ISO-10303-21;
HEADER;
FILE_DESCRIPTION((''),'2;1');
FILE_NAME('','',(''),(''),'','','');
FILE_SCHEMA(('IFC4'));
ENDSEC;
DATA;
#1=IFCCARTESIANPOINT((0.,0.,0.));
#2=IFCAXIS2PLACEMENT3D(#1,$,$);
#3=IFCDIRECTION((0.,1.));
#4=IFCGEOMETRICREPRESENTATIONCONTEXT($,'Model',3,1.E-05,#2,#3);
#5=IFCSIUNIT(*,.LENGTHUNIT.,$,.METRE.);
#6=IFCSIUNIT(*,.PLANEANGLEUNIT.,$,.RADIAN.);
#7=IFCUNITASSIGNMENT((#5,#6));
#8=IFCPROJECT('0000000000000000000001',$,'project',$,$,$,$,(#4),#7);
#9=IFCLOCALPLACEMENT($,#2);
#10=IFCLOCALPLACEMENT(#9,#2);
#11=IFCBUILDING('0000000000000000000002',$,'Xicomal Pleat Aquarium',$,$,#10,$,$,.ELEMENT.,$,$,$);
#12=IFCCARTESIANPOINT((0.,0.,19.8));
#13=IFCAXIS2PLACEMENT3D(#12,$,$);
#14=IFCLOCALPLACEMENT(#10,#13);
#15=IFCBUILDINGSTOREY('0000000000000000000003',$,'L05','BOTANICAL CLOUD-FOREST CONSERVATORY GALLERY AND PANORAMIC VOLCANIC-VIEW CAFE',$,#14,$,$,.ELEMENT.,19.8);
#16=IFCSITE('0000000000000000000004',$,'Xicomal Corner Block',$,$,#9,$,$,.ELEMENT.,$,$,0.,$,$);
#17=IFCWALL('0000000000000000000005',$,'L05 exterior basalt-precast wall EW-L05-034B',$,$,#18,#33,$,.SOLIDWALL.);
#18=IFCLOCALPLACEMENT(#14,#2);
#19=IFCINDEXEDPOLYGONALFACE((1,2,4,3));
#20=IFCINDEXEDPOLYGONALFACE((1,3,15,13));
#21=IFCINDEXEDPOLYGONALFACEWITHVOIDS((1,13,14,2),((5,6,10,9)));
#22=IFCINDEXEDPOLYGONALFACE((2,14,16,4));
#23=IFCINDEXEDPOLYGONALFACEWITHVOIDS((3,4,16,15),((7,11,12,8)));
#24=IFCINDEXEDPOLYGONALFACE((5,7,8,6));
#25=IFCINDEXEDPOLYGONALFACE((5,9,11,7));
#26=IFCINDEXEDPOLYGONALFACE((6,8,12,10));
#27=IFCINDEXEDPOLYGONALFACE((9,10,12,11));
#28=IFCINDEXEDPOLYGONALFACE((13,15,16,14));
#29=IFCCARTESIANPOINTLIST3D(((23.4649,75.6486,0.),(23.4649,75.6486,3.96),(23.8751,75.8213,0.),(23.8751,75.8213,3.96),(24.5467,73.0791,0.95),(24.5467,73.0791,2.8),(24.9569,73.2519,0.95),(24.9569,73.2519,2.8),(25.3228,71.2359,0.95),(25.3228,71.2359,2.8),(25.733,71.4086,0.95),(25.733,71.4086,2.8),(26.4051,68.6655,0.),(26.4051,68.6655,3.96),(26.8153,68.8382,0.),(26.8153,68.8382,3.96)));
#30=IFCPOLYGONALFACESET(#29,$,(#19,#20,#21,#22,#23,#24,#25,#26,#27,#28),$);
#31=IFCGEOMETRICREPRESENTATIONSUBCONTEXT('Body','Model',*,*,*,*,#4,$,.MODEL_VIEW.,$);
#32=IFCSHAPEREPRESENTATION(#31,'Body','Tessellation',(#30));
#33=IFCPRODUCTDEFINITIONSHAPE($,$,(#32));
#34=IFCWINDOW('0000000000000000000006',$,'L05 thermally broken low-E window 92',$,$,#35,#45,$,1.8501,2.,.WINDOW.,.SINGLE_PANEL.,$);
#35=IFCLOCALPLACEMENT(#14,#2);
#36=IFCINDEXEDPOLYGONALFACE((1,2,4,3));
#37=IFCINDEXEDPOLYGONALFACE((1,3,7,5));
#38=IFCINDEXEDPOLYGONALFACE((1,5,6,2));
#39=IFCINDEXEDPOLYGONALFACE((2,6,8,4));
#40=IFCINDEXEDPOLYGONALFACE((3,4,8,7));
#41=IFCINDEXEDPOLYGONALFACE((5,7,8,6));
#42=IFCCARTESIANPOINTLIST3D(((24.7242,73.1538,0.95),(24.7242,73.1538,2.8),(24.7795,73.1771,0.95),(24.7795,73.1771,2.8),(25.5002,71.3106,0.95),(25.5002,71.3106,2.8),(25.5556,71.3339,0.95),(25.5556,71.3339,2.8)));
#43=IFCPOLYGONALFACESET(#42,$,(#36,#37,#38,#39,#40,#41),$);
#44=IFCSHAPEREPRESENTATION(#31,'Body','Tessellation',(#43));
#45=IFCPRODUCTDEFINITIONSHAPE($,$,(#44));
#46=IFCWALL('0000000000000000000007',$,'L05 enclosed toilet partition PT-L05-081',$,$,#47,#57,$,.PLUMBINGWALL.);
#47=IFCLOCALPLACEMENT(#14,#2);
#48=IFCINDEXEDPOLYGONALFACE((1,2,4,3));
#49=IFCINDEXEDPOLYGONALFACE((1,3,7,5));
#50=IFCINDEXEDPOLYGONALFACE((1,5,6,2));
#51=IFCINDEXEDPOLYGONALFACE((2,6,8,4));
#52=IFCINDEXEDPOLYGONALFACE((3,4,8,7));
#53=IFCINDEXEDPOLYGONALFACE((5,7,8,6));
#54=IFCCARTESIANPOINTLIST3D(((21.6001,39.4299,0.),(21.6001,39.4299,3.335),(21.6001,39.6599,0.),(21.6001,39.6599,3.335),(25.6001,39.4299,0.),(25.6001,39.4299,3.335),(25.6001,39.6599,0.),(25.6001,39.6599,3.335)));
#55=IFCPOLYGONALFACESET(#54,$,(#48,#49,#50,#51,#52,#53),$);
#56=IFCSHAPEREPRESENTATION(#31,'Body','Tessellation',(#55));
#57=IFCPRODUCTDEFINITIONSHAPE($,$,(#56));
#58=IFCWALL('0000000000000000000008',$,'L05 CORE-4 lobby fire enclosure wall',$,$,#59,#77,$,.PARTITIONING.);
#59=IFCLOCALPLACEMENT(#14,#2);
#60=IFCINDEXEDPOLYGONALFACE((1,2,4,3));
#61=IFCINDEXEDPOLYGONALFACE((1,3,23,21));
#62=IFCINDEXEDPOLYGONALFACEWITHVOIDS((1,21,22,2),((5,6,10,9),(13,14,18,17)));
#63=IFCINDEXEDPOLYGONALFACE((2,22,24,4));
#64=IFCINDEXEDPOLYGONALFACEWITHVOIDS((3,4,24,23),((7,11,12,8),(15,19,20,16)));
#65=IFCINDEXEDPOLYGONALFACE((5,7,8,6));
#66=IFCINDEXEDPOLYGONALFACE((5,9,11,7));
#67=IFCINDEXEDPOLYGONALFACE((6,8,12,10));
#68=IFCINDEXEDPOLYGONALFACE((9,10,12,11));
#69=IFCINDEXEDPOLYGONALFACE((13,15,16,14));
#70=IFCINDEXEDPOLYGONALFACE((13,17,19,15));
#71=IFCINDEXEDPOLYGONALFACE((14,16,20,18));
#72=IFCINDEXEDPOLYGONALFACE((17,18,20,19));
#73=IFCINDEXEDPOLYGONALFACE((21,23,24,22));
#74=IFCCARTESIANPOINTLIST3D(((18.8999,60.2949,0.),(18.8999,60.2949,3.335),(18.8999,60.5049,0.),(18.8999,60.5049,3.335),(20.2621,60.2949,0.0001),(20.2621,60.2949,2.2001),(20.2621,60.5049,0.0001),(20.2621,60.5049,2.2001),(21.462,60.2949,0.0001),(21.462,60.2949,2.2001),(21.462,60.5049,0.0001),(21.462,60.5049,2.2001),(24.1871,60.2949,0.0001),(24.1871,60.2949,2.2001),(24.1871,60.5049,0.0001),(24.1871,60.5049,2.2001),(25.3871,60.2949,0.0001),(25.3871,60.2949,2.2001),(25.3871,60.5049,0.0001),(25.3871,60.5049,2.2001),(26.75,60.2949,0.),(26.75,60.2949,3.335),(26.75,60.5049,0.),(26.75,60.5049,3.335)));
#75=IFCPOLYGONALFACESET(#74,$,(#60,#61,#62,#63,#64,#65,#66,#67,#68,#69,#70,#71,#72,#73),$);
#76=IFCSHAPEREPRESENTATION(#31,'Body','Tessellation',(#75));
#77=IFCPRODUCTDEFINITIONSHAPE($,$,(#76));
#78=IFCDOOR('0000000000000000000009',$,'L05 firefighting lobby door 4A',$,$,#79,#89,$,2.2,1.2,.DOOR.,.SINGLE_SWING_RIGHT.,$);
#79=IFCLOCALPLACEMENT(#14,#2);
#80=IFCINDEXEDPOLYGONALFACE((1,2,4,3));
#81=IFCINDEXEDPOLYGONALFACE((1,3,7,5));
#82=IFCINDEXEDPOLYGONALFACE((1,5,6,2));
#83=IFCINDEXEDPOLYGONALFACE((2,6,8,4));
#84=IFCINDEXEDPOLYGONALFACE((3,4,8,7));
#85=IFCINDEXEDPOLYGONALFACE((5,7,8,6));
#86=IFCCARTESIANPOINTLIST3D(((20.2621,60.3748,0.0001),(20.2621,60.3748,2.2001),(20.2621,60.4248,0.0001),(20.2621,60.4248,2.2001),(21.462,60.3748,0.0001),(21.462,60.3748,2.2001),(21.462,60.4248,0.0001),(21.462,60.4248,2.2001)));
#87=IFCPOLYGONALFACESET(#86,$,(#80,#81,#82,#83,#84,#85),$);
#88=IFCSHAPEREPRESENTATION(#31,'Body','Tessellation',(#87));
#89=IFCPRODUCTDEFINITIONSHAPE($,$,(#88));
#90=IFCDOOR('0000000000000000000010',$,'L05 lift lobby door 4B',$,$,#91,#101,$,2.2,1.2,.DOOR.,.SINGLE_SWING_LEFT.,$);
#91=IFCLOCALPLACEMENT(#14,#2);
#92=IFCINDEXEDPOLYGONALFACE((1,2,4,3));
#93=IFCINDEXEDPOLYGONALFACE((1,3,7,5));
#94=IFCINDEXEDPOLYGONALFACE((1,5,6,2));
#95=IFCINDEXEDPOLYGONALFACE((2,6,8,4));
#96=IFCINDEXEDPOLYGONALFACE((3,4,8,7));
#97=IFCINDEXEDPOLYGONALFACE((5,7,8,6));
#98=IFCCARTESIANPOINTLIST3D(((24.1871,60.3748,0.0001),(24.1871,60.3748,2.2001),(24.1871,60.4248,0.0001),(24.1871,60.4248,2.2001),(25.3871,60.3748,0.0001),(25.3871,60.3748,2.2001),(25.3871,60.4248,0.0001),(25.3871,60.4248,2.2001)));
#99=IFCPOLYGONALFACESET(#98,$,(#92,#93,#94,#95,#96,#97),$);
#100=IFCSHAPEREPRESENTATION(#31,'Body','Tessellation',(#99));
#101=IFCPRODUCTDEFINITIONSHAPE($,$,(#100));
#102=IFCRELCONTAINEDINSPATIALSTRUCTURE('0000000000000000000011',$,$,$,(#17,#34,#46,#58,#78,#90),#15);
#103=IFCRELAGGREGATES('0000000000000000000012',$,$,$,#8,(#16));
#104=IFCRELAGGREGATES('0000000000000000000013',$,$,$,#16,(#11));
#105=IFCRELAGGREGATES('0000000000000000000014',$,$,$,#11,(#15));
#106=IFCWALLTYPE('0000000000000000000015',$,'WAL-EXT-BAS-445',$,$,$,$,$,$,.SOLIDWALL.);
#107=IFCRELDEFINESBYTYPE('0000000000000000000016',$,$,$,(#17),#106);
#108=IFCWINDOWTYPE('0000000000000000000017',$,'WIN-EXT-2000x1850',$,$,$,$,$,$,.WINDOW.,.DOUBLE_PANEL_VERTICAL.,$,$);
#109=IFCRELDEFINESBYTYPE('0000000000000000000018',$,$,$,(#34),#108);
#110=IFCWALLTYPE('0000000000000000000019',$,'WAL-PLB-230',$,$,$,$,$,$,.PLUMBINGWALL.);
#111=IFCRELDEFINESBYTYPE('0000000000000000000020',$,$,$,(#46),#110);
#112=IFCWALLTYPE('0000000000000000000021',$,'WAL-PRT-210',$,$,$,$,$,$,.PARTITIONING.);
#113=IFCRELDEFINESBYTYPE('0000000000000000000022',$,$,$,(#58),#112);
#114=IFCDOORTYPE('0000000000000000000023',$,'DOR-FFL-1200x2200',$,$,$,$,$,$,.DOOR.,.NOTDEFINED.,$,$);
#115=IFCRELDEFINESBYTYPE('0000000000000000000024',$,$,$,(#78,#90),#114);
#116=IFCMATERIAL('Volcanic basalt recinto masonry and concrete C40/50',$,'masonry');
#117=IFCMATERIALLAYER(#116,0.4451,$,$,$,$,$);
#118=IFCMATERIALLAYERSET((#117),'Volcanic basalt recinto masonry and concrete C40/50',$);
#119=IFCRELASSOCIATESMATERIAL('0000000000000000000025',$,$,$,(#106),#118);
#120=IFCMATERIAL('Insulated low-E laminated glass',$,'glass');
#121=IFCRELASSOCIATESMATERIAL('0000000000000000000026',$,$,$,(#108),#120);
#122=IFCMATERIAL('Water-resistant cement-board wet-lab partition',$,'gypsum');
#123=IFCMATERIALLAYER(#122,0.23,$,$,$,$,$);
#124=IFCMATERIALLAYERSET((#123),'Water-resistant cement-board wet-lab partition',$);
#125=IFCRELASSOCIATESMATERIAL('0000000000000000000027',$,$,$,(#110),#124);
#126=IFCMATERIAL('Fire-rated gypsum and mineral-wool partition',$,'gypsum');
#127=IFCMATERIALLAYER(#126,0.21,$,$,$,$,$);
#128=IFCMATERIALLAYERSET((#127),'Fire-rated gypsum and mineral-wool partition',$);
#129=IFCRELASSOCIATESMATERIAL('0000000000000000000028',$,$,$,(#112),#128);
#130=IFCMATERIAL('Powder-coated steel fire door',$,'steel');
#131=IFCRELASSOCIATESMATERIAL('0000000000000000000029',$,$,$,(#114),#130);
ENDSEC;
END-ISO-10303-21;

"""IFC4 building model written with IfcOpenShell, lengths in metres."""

from ifc_helpers import new_model, si_unit, direction, frame, frame_2d, origin, place, context, subcontext, project, spatial, rectangle, extrude, material, layer, layer_set, type_object, element, fill, save


model = new_model("IFC4")

# Units and contexts
model_context = context("Model", 3, precision=1e-05, world=origin(), true_north=direction((0.0, 1.0)))
body_context = subcontext(model_context, "Body", "Model", "MODEL_VIEW")
ifc_project = project(units=[si_unit("LENGTHUNIT", "METRE"), si_unit("PLANEANGLEUNIT", "RADIAN")], contexts=[model_context])

# Site, building, storey
site_placement = place(None, origin())
site = spatial("IfcSite", under=ifc_project, at=site_placement, Name="Xicomal Corner Block", CompositionType="ELEMENT", RefElevation=0.0)
building_placement = place(site_placement, origin())
building = spatial("IfcBuilding", under=site, at=building_placement, Name="Xicomal Pleat Aquarium", CompositionType="ELEMENT")
storey_placement = place(building_placement, frame((0.0, 0.0, 19.8)))
storey = spatial("IfcBuildingStorey", under=building, at=storey_placement, Name="L05", Description="BOTANICAL CLOUD-FOREST CONSERVATORY GALLERY AND PANORAMIC VOLCANIC-VIEW CAFE", CompositionType="ELEMENT", Elevation=19.8)

# Wall, opening, window
ifc_material_1 = material(Name="Volcanic basalt recinto masonry and concrete C40/50", Category="masonry")
ifc_layer_1 = layer(ifc_material_1, 0.4451)
ifc_layer_set_1 = layer_set([ifc_layer_1], Name="Volcanic basalt recinto masonry and concrete C40/50")
wall_type_1 = type_object("IfcWallType", Name="WAL-EXT-BAS-445", PredefinedType="SOLIDWALL", material=ifc_layer_set_1)
wall_1_placement = place(storey_placement, frame((23.6699, 75.7351, 0.0), z_axis=(0.0, 0.0, 1.0), x_axis=(0.388047, -0.92164, 0.0)))
wall_1 = element("IfcWall", 1, at=wall_1_placement, inside=storey, type_object=wall_type_1, Name="L05 exterior basalt-precast wall EW-L05-034B", PredefinedType="SOLIDWALL", context=body_context, shape_type="SweptSolid", body=[
    extrude(rectangle(XDim=7.5769, YDim=0.4451, at=frame_2d((3.7886, 0.0))), origin(), (0.0, 0.0, 1.0), 3.96),
])
opening_1_placement = place(wall_1_placement, frame((2.7881, 0.0, 0.95)))
opening_1 = element("IfcOpeningElement", 2, at=opening_1_placement, cuts=wall_1, PredefinedType="OPENING", context=body_context, shape_type="SweptSolid", body=[
    extrude(rectangle(XDim=2.0, YDim=1.8501, at=frame_2d((1.0, 0.925))), frame((0.0, 0.2324, 0.0), z_axis=(0.0, -1.0, 0.0), x_axis=(1.0, 0.0, 0.0)), (0.0, 0.0, 1.0), 0.4651),
])
ifc_material_2 = material(Name="Insulated low-E laminated glass", Category="glass")
window_type = type_object("IfcWindowType", Name="WIN-EXT-2000x1850", PartitioningType="DOUBLE_PANEL_VERTICAL", PredefinedType="WINDOW", material=ifc_material_2)
window_placement = place(opening_1_placement, origin())
window = element("IfcWindow", 3, at=window_placement, inside=storey, type_object=window_type, Name="L05 thermally broken low-E window 92", OverallHeight=1.8501, OverallWidth=2.0, PartitioningType="SINGLE_PANEL", PredefinedType="WINDOW", context=body_context, shape_type="SweptSolid", body=[
    extrude(rectangle(XDim=2.0, YDim=1.8501, at=frame_2d((1.0, 0.925))), frame((0.0, 0.03, 0.0), z_axis=(0.0, -1.0, 0.0), x_axis=(1.0, 0.0, 0.0)), (0.0, 0.0, 1.0), 0.0601),
])
fill(opening_1, window)

# Wall
ifc_material_3 = material(Name="Water-resistant cement-board wet-lab partition", Category="gypsum")
ifc_layer_2 = layer(ifc_material_3, 0.23)
ifc_layer_set_2 = layer_set([ifc_layer_2], Name="Water-resistant cement-board wet-lab partition")
wall_type_2 = type_object("IfcWallType", Name="WAL-PLB-230", PredefinedType="PLUMBINGWALL", material=ifc_layer_set_2)
wall_2_placement = place(storey_placement, frame((21.6001, 39.5449, 0.0), z_axis=(0.0, 0.0, 1.0), x_axis=(1.0, 0.0, 0.0)))
element("IfcWall", 4, at=wall_2_placement, inside=storey, type_object=wall_type_2, Name="L05 enclosed toilet partition PT-L05-081", PredefinedType="PLUMBINGWALL", context=body_context, shape_type="SweptSolid", body=[
    extrude(rectangle(XDim=4.0, YDim=0.23, at=frame_2d((2.0, 0.0))), origin(), (0.0, 0.0, 1.0), 3.335),
])

# Wall, openings, doors
ifc_material_4 = material(Name="Fire-rated gypsum and mineral-wool partition", Category="gypsum")
ifc_layer_3 = layer(ifc_material_4, 0.21)
ifc_layer_set_3 = layer_set([ifc_layer_3], Name="Fire-rated gypsum and mineral-wool partition")
wall_type_3 = type_object("IfcWallType", Name="WAL-PRT-210", PredefinedType="PARTITIONING", material=ifc_layer_set_3)
wall_3_placement = place(storey_placement, frame((18.8999, 60.3999, 0.0), z_axis=(0.0, 0.0, 1.0), x_axis=(1.0, 0.0, 0.0)))
wall_3 = element("IfcWall", 5, at=wall_3_placement, inside=storey, type_object=wall_type_3, Name="L05 CORE-4 lobby fire enclosure wall", PredefinedType="PARTITIONING", context=body_context, shape_type="SweptSolid", body=[
    extrude(rectangle(XDim=7.8501, YDim=0.21, at=frame_2d((3.925, 0.0))), origin(), (0.0, 0.0, 1.0), 3.335),
])
opening_2_placement = place(wall_3_placement, frame((1.3621, 0.0, 0.0)))
opening_2 = element("IfcOpeningElement", 6, at=opening_2_placement, cuts=wall_3, PredefinedType="OPENING", context=body_context, shape_type="SweptSolid", body=[
    extrude(rectangle(XDim=1.2, YDim=2.2, at=frame_2d((0.6001, 1.1001))), frame((0.0, 0.115, 0.0), z_axis=(0.0, -1.0, 0.0), x_axis=(1.0, 0.0, 0.0)), (0.0, 0.0, 1.0), 0.23),
])
opening_3_placement = place(wall_3_placement, frame((5.2871, 0.0, 0.0)))
opening_3 = element("IfcOpeningElement", 7, at=opening_3_placement, cuts=wall_3, PredefinedType="OPENING", context=body_context, shape_type="SweptSolid", body=[
    extrude(rectangle(XDim=1.2, YDim=2.2, at=frame_2d((0.6001, 1.1001))), frame((0.0, 0.115, 0.0), z_axis=(0.0, -1.0, 0.0), x_axis=(1.0, 0.0, 0.0)), (0.0, 0.0, 1.0), 0.23),
])
ifc_material_5 = material(Name="Powder-coated steel fire door", Category="steel")
door_type_1 = type_object("IfcDoorType", Name="DOR-FFL-1200x2200", OperationType="NOTDEFINED", PredefinedType="DOOR", material=ifc_material_5)
door_1_placement = place(opening_2_placement, origin())
door_1 = element("IfcDoor", 8, at=door_1_placement, inside=storey, type_object=door_type_1, Name="L05 firefighting lobby door 4A", OperationType="SINGLE_SWING_RIGHT", OverallHeight=2.2, OverallWidth=1.2, PredefinedType="DOOR", context=body_context, shape_type="SweptSolid", body=[
    extrude(rectangle(XDim=1.2, YDim=2.2, at=frame_2d((0.6001, 1.1001))), frame((0.0, 0.0249, 0.0), z_axis=(0.0, -1.0, 0.0), x_axis=(1.0, 0.0, 0.0)), (0.0, 0.0, 1.0), 0.05),
])
fill(opening_2, door_1)
door_2_placement = place(opening_3_placement, origin())
door_2 = element("IfcDoor", 9, at=door_2_placement, inside=storey, type_object=door_type_1, Name="L05 lift lobby door 4B", OperationType="SINGLE_SWING_LEFT", OverallHeight=2.2, OverallWidth=1.2, PredefinedType="DOOR", context=body_context, shape_type="SweptSolid", body=[
    extrude(rectangle(XDim=1.2, YDim=2.2, at=frame_2d((0.6001, 1.1001))), frame((0.0, 0.0249, 0.0), z_axis=(0.0, -1.0, 0.0), x_axis=(1.0, 0.0, 0.0)), (0.0, 0.0, 1.0), 0.05),
])
fill(opening_3, door_2)

save(model, "model.ifc")
